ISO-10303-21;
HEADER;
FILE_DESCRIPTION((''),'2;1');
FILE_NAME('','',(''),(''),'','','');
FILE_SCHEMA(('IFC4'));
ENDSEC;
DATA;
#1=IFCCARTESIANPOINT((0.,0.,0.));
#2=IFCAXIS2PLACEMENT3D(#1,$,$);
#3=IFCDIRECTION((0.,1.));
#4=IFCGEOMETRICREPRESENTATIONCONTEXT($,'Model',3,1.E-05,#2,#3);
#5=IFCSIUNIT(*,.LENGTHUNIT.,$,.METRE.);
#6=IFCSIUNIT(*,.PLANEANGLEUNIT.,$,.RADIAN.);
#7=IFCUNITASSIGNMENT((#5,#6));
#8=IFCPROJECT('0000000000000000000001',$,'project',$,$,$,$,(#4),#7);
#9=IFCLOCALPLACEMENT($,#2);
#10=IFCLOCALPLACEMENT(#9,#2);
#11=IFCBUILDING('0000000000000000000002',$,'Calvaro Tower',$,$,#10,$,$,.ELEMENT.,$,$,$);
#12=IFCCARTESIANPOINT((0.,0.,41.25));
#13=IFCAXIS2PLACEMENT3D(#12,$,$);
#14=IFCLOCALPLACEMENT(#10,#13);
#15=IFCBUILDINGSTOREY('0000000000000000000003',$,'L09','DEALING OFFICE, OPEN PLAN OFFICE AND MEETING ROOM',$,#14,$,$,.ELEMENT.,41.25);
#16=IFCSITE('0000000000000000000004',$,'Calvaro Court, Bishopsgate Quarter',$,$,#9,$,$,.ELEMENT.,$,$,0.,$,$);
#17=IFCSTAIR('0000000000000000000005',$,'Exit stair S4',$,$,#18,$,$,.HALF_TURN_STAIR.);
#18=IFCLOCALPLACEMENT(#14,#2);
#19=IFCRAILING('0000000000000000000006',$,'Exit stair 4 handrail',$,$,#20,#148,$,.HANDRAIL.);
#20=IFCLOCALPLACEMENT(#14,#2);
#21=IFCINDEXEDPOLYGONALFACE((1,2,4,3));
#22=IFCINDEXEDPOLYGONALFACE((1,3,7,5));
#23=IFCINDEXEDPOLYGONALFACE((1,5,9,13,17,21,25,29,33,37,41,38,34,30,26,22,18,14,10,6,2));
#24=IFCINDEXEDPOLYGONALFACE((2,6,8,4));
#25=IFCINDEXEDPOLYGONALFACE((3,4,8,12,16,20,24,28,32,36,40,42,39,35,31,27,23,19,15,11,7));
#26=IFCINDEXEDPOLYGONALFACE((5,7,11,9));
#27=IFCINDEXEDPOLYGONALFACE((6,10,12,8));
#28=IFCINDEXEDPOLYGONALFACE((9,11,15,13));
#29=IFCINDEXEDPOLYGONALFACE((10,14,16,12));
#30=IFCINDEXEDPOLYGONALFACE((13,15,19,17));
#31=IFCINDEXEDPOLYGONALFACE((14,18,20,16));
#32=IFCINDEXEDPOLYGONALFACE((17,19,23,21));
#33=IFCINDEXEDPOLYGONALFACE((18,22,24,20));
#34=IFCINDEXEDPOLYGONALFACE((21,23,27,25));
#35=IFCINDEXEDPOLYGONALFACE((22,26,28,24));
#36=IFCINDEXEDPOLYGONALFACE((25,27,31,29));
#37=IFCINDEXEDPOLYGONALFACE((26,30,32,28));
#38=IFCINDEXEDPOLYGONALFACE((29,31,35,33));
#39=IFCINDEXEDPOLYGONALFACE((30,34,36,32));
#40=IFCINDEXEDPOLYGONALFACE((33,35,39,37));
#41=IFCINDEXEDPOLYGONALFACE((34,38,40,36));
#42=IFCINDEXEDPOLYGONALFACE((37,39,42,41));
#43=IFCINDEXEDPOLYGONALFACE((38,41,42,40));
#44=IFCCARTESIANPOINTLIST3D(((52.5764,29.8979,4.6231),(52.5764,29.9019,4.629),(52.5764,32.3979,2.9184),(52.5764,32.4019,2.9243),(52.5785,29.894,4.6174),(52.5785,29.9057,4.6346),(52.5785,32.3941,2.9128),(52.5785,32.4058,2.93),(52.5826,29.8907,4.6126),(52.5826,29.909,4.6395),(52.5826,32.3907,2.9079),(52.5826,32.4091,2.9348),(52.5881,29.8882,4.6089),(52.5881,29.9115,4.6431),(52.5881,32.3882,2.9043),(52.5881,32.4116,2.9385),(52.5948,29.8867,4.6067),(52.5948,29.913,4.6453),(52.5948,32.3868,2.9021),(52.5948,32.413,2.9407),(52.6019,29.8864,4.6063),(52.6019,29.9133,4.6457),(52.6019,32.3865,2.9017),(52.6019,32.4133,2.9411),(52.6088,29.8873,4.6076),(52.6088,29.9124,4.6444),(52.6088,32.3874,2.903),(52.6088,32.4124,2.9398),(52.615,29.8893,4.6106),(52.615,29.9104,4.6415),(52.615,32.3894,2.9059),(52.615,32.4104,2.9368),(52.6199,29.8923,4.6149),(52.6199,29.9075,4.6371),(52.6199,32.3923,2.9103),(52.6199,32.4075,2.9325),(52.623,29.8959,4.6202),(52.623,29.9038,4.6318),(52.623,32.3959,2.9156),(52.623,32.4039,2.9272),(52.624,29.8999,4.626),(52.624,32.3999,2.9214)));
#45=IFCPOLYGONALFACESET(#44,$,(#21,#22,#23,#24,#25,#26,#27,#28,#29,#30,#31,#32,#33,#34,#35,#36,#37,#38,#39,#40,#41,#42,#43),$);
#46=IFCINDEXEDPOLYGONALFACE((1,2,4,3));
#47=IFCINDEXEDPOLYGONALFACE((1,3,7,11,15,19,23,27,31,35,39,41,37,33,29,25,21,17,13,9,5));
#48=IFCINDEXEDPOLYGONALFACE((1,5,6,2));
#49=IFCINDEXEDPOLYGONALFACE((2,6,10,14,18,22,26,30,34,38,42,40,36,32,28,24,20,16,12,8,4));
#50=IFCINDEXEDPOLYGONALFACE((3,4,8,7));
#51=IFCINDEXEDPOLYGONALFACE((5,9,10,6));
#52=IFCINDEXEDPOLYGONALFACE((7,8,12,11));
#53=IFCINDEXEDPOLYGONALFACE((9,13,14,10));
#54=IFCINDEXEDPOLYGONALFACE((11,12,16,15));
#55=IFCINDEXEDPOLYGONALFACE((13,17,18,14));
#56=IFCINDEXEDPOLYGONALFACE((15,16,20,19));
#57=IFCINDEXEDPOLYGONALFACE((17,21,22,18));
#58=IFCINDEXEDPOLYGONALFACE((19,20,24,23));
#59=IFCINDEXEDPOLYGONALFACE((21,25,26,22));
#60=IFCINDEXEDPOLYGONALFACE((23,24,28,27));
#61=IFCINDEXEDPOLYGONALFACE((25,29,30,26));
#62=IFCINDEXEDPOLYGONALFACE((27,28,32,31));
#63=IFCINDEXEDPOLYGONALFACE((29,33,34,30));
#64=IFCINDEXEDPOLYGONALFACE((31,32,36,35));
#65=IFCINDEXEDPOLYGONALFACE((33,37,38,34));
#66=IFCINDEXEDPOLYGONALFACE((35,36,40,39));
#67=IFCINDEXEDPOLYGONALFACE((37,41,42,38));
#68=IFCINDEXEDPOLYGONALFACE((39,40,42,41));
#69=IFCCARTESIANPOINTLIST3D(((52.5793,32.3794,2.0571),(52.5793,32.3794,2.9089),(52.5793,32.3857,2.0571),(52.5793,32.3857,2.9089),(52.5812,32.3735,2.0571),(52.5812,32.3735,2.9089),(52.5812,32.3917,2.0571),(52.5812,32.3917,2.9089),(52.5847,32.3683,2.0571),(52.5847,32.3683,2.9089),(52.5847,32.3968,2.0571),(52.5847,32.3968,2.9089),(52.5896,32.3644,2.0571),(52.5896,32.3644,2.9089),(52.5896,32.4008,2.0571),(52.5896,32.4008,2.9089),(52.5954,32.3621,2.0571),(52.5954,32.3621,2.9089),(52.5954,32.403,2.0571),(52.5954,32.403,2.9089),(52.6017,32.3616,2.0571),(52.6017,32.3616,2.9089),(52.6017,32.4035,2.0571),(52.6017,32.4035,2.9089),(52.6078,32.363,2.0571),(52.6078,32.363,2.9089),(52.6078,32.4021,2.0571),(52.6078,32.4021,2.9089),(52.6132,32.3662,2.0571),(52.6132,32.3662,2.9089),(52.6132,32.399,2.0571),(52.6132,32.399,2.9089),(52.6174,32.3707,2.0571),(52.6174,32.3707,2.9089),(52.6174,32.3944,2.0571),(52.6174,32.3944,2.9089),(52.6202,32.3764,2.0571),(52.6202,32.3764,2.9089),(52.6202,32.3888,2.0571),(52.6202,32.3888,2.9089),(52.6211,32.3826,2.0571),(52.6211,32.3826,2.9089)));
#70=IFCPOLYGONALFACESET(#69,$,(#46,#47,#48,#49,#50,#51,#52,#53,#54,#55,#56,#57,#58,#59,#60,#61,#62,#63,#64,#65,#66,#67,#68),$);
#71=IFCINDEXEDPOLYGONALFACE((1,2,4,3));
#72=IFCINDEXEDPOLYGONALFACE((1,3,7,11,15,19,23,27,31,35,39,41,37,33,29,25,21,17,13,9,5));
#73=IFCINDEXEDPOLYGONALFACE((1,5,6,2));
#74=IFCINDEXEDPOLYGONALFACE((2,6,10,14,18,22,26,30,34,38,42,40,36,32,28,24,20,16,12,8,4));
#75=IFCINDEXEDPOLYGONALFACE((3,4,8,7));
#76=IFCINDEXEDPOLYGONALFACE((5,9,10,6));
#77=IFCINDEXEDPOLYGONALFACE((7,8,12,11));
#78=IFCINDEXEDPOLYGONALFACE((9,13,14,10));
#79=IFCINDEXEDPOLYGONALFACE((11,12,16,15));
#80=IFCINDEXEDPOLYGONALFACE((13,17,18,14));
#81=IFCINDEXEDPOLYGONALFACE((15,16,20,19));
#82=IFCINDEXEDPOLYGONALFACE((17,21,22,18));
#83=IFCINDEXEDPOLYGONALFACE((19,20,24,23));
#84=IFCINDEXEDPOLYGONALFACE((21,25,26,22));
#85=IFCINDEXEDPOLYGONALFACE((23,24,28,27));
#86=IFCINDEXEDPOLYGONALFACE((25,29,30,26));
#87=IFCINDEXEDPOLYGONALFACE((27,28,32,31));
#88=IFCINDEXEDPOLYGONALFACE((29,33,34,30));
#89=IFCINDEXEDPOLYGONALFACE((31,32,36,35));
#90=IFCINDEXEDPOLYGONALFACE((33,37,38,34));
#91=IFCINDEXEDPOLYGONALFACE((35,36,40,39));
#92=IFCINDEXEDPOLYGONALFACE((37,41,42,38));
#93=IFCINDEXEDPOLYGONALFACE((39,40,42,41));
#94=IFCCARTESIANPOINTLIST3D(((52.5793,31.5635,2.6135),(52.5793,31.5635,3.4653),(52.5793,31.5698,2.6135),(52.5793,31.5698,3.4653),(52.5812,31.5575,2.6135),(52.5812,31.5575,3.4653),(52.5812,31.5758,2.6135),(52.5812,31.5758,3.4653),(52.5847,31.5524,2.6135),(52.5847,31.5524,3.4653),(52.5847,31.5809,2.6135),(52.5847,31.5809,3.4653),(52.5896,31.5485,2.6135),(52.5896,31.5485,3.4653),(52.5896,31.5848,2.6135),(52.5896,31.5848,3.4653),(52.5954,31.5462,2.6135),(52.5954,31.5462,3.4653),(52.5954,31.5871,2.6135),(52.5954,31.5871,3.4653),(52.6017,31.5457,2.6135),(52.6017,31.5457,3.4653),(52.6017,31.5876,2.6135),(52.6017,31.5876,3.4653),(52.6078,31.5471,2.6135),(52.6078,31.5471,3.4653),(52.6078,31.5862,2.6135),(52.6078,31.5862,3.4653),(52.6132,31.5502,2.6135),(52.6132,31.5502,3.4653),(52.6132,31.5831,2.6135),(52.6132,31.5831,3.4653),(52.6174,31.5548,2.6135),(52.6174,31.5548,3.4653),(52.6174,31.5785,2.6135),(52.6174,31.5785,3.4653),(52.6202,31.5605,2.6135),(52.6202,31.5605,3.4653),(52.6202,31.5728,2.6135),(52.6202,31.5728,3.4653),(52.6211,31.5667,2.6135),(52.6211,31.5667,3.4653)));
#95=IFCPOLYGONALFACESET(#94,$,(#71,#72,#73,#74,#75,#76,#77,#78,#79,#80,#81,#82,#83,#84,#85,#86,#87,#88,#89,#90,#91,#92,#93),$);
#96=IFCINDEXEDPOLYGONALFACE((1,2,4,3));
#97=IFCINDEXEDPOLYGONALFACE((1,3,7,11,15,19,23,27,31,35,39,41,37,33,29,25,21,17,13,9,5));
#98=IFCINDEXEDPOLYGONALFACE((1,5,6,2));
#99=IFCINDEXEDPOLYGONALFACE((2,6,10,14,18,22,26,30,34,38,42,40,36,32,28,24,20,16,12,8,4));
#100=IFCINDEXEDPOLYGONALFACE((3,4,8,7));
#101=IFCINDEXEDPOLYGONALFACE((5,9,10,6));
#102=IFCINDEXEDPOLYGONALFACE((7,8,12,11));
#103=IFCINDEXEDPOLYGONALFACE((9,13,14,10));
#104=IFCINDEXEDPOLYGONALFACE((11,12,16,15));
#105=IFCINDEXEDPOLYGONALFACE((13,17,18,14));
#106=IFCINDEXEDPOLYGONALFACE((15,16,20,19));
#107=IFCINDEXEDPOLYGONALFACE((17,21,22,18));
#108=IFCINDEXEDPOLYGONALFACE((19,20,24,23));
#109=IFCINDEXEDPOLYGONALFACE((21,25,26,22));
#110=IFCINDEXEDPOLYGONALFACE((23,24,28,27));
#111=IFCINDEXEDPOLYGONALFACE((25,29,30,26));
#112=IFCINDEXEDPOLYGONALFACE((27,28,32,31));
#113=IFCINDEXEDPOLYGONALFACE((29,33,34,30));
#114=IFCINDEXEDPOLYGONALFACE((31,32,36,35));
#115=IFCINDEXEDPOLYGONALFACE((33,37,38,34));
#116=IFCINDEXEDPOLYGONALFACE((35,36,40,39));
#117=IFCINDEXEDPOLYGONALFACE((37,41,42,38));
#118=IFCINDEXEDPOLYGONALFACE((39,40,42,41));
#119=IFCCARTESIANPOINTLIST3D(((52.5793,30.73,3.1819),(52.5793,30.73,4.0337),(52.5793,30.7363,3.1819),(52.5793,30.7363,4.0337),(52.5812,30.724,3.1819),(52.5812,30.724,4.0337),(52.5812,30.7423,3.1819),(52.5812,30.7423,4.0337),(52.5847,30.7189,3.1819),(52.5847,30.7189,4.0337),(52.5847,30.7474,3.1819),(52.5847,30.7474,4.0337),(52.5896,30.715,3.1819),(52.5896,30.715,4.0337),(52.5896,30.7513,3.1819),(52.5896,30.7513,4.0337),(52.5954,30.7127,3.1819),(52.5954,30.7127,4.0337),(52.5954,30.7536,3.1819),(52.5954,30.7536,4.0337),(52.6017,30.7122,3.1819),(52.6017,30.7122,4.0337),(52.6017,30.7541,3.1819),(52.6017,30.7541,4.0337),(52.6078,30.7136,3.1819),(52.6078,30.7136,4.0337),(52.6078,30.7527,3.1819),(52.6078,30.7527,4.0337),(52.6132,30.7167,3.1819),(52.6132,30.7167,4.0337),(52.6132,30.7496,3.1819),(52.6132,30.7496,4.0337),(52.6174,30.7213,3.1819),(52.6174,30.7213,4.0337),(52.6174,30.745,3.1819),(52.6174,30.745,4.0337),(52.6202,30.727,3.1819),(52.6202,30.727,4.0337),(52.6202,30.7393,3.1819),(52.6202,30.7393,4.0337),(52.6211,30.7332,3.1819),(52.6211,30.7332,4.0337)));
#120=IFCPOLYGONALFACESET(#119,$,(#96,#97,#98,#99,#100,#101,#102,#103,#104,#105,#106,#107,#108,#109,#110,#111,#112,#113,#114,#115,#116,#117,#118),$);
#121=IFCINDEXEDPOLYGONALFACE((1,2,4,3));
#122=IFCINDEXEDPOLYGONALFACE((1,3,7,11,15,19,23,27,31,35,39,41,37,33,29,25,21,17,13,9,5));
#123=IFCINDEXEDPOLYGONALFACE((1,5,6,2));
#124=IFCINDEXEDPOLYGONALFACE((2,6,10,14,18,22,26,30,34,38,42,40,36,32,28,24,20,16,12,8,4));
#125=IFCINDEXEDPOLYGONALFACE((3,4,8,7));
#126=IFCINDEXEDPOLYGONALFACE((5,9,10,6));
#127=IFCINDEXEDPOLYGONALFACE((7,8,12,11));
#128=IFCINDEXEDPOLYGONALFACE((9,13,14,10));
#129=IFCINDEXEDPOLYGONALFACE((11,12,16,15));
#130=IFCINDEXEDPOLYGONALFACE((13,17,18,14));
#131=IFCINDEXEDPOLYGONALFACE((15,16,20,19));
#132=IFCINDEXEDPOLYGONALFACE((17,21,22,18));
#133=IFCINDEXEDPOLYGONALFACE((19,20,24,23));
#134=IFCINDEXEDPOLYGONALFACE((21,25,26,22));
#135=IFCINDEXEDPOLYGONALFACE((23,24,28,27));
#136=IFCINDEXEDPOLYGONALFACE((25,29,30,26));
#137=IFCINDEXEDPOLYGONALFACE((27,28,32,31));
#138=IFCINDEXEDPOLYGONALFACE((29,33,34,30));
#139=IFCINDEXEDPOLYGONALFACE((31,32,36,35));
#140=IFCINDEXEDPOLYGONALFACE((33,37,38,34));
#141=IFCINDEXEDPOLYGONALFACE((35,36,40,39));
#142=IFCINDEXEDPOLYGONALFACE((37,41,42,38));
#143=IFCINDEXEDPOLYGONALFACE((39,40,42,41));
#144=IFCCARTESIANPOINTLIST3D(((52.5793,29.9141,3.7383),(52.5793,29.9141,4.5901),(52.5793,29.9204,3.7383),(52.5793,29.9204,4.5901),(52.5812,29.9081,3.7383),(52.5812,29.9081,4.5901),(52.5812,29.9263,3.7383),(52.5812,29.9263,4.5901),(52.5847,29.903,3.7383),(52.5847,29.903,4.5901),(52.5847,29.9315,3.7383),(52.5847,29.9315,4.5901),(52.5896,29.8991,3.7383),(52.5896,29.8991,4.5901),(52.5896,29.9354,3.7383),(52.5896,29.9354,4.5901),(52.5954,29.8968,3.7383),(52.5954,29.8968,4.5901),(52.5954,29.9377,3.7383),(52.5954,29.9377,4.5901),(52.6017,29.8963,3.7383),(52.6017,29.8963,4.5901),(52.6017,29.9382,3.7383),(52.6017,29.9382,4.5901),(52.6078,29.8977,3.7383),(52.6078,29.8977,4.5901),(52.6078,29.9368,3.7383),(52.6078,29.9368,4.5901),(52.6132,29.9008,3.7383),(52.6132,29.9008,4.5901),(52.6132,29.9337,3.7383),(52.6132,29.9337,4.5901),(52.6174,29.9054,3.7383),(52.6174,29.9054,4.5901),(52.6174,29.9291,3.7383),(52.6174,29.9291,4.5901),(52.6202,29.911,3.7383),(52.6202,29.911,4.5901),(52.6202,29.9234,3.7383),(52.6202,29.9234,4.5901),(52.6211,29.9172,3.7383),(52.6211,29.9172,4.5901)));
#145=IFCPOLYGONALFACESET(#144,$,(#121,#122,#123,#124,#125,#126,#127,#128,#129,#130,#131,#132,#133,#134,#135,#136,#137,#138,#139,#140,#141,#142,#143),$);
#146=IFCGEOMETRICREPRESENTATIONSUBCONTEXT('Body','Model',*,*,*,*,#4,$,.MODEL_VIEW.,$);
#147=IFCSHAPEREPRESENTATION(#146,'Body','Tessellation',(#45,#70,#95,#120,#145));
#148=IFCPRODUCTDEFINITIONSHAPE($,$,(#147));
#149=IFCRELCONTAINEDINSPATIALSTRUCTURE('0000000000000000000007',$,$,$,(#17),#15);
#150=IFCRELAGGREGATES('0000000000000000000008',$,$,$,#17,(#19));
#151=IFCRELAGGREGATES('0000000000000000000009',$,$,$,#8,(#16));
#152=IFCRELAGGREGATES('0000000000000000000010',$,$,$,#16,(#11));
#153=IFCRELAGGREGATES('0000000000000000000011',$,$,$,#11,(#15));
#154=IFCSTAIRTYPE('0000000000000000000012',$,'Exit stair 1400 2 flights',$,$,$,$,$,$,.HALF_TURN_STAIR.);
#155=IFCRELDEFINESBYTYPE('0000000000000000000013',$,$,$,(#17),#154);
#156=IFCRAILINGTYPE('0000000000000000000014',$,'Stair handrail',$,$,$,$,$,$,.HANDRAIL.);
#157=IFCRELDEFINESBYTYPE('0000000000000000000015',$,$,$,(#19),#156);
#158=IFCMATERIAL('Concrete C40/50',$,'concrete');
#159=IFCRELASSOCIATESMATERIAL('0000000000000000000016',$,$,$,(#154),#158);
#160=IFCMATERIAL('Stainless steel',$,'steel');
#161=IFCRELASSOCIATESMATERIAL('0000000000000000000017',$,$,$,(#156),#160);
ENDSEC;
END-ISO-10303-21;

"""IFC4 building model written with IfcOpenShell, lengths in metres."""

from ifc_helpers import new_model, si_unit, direction, frame, origin, origin_2d, place, context, subcontext, project, spatial, circle, extrude, material, type_object, element, aggregate, save


model = new_model("IFC4")

# Units and contexts
model_context = context("Model", 3, precision=1e-05, world=origin(), true_north=direction((0.0, 1.0)))
body_context = subcontext(model_context, "Body", "Model", "MODEL_VIEW")
ifc_project = project(units=[si_unit("LENGTHUNIT", "METRE"), si_unit("PLANEANGLEUNIT", "RADIAN")], contexts=[model_context])

# Site, building, storey
site_placement = place(None, origin())
site = spatial("IfcSite", under=ifc_project, at=site_placement, Name="Calvaro Court, Bishopsgate Quarter", CompositionType="ELEMENT", RefElevation=0.0)
building_placement = place(site_placement, origin())
building = spatial("IfcBuilding", under=site, at=building_placement, Name="Calvaro Tower", CompositionType="ELEMENT")
storey_placement = place(building_placement, frame((0.0, 0.0, 41.25)))
storey = spatial("IfcBuildingStorey", under=building, at=storey_placement, Name="L09", Description="DEALING OFFICE, OPEN PLAN OFFICE AND MEETING ROOM", CompositionType="ELEMENT", Elevation=41.25)

# Shared definitions
ifc_material_1 = material(Name="Concrete C40/50", Category="concrete")
stair_type = type_object("IfcStairType", Name="Exit stair 1400 2 flights", PredefinedType="HALF_TURN_STAIR", material=ifc_material_1)

# Stair
stair_1_placement = place(storey_placement, origin())
stair_1 = element("IfcStair", 1, at=stair_1_placement, inside=storey, type_object=stair_type, Name="Exit stair S4", PredefinedType="HALF_TURN_STAIR")

# Railing
ifc_material_2 = material(Name="Stainless steel", Category="steel")
railing_type = type_object("IfcRailingType", Name="Stair handrail", PredefinedType="HANDRAIL", material=ifc_material_2)
railing_1_placement = place(storey_placement, frame((52.6001, 32.3999, 2.0454)))
railing_1 = element("IfcRailing", 2, at=railing_1_placement, type_object=railing_type, Name="Exit stair 4 handrail", PredefinedType="HANDRAIL", context=body_context, shape_type="SweptSolid", body=[
    extrude(circle(Radius=0.0239, at=origin_2d()), frame((0.0, 0.0, 0.876), z_axis=(0.0, -0.826221, 0.563347), x_axis=(1.0, 0.0, 0.0)), (0.0, 0.0, 1.0), 3.0259),
    extrude(circle(Radius=0.021, at=origin_2d()), frame((0.0, -0.0173, 0.0117)), (0.0, 0.0, 1.0), 0.8518),
    extrude(circle(Radius=0.021, at=origin_2d()), frame((0.0, -0.8333, 0.5681)), (0.0, 0.0, 1.0), 0.8518),
    extrude(circle(Radius=0.021, at=origin_2d()), frame((0.0, -1.6667, 1.1365)), (0.0, 0.0, 1.0), 0.8518),
    extrude(circle(Radius=0.021, at=origin_2d()), frame((0.0, -2.4827, 1.6929)), (0.0, 0.0, 1.0), 0.8518),
])
aggregate(stair_1, [railing_1])

save(model, "model.ifc")
